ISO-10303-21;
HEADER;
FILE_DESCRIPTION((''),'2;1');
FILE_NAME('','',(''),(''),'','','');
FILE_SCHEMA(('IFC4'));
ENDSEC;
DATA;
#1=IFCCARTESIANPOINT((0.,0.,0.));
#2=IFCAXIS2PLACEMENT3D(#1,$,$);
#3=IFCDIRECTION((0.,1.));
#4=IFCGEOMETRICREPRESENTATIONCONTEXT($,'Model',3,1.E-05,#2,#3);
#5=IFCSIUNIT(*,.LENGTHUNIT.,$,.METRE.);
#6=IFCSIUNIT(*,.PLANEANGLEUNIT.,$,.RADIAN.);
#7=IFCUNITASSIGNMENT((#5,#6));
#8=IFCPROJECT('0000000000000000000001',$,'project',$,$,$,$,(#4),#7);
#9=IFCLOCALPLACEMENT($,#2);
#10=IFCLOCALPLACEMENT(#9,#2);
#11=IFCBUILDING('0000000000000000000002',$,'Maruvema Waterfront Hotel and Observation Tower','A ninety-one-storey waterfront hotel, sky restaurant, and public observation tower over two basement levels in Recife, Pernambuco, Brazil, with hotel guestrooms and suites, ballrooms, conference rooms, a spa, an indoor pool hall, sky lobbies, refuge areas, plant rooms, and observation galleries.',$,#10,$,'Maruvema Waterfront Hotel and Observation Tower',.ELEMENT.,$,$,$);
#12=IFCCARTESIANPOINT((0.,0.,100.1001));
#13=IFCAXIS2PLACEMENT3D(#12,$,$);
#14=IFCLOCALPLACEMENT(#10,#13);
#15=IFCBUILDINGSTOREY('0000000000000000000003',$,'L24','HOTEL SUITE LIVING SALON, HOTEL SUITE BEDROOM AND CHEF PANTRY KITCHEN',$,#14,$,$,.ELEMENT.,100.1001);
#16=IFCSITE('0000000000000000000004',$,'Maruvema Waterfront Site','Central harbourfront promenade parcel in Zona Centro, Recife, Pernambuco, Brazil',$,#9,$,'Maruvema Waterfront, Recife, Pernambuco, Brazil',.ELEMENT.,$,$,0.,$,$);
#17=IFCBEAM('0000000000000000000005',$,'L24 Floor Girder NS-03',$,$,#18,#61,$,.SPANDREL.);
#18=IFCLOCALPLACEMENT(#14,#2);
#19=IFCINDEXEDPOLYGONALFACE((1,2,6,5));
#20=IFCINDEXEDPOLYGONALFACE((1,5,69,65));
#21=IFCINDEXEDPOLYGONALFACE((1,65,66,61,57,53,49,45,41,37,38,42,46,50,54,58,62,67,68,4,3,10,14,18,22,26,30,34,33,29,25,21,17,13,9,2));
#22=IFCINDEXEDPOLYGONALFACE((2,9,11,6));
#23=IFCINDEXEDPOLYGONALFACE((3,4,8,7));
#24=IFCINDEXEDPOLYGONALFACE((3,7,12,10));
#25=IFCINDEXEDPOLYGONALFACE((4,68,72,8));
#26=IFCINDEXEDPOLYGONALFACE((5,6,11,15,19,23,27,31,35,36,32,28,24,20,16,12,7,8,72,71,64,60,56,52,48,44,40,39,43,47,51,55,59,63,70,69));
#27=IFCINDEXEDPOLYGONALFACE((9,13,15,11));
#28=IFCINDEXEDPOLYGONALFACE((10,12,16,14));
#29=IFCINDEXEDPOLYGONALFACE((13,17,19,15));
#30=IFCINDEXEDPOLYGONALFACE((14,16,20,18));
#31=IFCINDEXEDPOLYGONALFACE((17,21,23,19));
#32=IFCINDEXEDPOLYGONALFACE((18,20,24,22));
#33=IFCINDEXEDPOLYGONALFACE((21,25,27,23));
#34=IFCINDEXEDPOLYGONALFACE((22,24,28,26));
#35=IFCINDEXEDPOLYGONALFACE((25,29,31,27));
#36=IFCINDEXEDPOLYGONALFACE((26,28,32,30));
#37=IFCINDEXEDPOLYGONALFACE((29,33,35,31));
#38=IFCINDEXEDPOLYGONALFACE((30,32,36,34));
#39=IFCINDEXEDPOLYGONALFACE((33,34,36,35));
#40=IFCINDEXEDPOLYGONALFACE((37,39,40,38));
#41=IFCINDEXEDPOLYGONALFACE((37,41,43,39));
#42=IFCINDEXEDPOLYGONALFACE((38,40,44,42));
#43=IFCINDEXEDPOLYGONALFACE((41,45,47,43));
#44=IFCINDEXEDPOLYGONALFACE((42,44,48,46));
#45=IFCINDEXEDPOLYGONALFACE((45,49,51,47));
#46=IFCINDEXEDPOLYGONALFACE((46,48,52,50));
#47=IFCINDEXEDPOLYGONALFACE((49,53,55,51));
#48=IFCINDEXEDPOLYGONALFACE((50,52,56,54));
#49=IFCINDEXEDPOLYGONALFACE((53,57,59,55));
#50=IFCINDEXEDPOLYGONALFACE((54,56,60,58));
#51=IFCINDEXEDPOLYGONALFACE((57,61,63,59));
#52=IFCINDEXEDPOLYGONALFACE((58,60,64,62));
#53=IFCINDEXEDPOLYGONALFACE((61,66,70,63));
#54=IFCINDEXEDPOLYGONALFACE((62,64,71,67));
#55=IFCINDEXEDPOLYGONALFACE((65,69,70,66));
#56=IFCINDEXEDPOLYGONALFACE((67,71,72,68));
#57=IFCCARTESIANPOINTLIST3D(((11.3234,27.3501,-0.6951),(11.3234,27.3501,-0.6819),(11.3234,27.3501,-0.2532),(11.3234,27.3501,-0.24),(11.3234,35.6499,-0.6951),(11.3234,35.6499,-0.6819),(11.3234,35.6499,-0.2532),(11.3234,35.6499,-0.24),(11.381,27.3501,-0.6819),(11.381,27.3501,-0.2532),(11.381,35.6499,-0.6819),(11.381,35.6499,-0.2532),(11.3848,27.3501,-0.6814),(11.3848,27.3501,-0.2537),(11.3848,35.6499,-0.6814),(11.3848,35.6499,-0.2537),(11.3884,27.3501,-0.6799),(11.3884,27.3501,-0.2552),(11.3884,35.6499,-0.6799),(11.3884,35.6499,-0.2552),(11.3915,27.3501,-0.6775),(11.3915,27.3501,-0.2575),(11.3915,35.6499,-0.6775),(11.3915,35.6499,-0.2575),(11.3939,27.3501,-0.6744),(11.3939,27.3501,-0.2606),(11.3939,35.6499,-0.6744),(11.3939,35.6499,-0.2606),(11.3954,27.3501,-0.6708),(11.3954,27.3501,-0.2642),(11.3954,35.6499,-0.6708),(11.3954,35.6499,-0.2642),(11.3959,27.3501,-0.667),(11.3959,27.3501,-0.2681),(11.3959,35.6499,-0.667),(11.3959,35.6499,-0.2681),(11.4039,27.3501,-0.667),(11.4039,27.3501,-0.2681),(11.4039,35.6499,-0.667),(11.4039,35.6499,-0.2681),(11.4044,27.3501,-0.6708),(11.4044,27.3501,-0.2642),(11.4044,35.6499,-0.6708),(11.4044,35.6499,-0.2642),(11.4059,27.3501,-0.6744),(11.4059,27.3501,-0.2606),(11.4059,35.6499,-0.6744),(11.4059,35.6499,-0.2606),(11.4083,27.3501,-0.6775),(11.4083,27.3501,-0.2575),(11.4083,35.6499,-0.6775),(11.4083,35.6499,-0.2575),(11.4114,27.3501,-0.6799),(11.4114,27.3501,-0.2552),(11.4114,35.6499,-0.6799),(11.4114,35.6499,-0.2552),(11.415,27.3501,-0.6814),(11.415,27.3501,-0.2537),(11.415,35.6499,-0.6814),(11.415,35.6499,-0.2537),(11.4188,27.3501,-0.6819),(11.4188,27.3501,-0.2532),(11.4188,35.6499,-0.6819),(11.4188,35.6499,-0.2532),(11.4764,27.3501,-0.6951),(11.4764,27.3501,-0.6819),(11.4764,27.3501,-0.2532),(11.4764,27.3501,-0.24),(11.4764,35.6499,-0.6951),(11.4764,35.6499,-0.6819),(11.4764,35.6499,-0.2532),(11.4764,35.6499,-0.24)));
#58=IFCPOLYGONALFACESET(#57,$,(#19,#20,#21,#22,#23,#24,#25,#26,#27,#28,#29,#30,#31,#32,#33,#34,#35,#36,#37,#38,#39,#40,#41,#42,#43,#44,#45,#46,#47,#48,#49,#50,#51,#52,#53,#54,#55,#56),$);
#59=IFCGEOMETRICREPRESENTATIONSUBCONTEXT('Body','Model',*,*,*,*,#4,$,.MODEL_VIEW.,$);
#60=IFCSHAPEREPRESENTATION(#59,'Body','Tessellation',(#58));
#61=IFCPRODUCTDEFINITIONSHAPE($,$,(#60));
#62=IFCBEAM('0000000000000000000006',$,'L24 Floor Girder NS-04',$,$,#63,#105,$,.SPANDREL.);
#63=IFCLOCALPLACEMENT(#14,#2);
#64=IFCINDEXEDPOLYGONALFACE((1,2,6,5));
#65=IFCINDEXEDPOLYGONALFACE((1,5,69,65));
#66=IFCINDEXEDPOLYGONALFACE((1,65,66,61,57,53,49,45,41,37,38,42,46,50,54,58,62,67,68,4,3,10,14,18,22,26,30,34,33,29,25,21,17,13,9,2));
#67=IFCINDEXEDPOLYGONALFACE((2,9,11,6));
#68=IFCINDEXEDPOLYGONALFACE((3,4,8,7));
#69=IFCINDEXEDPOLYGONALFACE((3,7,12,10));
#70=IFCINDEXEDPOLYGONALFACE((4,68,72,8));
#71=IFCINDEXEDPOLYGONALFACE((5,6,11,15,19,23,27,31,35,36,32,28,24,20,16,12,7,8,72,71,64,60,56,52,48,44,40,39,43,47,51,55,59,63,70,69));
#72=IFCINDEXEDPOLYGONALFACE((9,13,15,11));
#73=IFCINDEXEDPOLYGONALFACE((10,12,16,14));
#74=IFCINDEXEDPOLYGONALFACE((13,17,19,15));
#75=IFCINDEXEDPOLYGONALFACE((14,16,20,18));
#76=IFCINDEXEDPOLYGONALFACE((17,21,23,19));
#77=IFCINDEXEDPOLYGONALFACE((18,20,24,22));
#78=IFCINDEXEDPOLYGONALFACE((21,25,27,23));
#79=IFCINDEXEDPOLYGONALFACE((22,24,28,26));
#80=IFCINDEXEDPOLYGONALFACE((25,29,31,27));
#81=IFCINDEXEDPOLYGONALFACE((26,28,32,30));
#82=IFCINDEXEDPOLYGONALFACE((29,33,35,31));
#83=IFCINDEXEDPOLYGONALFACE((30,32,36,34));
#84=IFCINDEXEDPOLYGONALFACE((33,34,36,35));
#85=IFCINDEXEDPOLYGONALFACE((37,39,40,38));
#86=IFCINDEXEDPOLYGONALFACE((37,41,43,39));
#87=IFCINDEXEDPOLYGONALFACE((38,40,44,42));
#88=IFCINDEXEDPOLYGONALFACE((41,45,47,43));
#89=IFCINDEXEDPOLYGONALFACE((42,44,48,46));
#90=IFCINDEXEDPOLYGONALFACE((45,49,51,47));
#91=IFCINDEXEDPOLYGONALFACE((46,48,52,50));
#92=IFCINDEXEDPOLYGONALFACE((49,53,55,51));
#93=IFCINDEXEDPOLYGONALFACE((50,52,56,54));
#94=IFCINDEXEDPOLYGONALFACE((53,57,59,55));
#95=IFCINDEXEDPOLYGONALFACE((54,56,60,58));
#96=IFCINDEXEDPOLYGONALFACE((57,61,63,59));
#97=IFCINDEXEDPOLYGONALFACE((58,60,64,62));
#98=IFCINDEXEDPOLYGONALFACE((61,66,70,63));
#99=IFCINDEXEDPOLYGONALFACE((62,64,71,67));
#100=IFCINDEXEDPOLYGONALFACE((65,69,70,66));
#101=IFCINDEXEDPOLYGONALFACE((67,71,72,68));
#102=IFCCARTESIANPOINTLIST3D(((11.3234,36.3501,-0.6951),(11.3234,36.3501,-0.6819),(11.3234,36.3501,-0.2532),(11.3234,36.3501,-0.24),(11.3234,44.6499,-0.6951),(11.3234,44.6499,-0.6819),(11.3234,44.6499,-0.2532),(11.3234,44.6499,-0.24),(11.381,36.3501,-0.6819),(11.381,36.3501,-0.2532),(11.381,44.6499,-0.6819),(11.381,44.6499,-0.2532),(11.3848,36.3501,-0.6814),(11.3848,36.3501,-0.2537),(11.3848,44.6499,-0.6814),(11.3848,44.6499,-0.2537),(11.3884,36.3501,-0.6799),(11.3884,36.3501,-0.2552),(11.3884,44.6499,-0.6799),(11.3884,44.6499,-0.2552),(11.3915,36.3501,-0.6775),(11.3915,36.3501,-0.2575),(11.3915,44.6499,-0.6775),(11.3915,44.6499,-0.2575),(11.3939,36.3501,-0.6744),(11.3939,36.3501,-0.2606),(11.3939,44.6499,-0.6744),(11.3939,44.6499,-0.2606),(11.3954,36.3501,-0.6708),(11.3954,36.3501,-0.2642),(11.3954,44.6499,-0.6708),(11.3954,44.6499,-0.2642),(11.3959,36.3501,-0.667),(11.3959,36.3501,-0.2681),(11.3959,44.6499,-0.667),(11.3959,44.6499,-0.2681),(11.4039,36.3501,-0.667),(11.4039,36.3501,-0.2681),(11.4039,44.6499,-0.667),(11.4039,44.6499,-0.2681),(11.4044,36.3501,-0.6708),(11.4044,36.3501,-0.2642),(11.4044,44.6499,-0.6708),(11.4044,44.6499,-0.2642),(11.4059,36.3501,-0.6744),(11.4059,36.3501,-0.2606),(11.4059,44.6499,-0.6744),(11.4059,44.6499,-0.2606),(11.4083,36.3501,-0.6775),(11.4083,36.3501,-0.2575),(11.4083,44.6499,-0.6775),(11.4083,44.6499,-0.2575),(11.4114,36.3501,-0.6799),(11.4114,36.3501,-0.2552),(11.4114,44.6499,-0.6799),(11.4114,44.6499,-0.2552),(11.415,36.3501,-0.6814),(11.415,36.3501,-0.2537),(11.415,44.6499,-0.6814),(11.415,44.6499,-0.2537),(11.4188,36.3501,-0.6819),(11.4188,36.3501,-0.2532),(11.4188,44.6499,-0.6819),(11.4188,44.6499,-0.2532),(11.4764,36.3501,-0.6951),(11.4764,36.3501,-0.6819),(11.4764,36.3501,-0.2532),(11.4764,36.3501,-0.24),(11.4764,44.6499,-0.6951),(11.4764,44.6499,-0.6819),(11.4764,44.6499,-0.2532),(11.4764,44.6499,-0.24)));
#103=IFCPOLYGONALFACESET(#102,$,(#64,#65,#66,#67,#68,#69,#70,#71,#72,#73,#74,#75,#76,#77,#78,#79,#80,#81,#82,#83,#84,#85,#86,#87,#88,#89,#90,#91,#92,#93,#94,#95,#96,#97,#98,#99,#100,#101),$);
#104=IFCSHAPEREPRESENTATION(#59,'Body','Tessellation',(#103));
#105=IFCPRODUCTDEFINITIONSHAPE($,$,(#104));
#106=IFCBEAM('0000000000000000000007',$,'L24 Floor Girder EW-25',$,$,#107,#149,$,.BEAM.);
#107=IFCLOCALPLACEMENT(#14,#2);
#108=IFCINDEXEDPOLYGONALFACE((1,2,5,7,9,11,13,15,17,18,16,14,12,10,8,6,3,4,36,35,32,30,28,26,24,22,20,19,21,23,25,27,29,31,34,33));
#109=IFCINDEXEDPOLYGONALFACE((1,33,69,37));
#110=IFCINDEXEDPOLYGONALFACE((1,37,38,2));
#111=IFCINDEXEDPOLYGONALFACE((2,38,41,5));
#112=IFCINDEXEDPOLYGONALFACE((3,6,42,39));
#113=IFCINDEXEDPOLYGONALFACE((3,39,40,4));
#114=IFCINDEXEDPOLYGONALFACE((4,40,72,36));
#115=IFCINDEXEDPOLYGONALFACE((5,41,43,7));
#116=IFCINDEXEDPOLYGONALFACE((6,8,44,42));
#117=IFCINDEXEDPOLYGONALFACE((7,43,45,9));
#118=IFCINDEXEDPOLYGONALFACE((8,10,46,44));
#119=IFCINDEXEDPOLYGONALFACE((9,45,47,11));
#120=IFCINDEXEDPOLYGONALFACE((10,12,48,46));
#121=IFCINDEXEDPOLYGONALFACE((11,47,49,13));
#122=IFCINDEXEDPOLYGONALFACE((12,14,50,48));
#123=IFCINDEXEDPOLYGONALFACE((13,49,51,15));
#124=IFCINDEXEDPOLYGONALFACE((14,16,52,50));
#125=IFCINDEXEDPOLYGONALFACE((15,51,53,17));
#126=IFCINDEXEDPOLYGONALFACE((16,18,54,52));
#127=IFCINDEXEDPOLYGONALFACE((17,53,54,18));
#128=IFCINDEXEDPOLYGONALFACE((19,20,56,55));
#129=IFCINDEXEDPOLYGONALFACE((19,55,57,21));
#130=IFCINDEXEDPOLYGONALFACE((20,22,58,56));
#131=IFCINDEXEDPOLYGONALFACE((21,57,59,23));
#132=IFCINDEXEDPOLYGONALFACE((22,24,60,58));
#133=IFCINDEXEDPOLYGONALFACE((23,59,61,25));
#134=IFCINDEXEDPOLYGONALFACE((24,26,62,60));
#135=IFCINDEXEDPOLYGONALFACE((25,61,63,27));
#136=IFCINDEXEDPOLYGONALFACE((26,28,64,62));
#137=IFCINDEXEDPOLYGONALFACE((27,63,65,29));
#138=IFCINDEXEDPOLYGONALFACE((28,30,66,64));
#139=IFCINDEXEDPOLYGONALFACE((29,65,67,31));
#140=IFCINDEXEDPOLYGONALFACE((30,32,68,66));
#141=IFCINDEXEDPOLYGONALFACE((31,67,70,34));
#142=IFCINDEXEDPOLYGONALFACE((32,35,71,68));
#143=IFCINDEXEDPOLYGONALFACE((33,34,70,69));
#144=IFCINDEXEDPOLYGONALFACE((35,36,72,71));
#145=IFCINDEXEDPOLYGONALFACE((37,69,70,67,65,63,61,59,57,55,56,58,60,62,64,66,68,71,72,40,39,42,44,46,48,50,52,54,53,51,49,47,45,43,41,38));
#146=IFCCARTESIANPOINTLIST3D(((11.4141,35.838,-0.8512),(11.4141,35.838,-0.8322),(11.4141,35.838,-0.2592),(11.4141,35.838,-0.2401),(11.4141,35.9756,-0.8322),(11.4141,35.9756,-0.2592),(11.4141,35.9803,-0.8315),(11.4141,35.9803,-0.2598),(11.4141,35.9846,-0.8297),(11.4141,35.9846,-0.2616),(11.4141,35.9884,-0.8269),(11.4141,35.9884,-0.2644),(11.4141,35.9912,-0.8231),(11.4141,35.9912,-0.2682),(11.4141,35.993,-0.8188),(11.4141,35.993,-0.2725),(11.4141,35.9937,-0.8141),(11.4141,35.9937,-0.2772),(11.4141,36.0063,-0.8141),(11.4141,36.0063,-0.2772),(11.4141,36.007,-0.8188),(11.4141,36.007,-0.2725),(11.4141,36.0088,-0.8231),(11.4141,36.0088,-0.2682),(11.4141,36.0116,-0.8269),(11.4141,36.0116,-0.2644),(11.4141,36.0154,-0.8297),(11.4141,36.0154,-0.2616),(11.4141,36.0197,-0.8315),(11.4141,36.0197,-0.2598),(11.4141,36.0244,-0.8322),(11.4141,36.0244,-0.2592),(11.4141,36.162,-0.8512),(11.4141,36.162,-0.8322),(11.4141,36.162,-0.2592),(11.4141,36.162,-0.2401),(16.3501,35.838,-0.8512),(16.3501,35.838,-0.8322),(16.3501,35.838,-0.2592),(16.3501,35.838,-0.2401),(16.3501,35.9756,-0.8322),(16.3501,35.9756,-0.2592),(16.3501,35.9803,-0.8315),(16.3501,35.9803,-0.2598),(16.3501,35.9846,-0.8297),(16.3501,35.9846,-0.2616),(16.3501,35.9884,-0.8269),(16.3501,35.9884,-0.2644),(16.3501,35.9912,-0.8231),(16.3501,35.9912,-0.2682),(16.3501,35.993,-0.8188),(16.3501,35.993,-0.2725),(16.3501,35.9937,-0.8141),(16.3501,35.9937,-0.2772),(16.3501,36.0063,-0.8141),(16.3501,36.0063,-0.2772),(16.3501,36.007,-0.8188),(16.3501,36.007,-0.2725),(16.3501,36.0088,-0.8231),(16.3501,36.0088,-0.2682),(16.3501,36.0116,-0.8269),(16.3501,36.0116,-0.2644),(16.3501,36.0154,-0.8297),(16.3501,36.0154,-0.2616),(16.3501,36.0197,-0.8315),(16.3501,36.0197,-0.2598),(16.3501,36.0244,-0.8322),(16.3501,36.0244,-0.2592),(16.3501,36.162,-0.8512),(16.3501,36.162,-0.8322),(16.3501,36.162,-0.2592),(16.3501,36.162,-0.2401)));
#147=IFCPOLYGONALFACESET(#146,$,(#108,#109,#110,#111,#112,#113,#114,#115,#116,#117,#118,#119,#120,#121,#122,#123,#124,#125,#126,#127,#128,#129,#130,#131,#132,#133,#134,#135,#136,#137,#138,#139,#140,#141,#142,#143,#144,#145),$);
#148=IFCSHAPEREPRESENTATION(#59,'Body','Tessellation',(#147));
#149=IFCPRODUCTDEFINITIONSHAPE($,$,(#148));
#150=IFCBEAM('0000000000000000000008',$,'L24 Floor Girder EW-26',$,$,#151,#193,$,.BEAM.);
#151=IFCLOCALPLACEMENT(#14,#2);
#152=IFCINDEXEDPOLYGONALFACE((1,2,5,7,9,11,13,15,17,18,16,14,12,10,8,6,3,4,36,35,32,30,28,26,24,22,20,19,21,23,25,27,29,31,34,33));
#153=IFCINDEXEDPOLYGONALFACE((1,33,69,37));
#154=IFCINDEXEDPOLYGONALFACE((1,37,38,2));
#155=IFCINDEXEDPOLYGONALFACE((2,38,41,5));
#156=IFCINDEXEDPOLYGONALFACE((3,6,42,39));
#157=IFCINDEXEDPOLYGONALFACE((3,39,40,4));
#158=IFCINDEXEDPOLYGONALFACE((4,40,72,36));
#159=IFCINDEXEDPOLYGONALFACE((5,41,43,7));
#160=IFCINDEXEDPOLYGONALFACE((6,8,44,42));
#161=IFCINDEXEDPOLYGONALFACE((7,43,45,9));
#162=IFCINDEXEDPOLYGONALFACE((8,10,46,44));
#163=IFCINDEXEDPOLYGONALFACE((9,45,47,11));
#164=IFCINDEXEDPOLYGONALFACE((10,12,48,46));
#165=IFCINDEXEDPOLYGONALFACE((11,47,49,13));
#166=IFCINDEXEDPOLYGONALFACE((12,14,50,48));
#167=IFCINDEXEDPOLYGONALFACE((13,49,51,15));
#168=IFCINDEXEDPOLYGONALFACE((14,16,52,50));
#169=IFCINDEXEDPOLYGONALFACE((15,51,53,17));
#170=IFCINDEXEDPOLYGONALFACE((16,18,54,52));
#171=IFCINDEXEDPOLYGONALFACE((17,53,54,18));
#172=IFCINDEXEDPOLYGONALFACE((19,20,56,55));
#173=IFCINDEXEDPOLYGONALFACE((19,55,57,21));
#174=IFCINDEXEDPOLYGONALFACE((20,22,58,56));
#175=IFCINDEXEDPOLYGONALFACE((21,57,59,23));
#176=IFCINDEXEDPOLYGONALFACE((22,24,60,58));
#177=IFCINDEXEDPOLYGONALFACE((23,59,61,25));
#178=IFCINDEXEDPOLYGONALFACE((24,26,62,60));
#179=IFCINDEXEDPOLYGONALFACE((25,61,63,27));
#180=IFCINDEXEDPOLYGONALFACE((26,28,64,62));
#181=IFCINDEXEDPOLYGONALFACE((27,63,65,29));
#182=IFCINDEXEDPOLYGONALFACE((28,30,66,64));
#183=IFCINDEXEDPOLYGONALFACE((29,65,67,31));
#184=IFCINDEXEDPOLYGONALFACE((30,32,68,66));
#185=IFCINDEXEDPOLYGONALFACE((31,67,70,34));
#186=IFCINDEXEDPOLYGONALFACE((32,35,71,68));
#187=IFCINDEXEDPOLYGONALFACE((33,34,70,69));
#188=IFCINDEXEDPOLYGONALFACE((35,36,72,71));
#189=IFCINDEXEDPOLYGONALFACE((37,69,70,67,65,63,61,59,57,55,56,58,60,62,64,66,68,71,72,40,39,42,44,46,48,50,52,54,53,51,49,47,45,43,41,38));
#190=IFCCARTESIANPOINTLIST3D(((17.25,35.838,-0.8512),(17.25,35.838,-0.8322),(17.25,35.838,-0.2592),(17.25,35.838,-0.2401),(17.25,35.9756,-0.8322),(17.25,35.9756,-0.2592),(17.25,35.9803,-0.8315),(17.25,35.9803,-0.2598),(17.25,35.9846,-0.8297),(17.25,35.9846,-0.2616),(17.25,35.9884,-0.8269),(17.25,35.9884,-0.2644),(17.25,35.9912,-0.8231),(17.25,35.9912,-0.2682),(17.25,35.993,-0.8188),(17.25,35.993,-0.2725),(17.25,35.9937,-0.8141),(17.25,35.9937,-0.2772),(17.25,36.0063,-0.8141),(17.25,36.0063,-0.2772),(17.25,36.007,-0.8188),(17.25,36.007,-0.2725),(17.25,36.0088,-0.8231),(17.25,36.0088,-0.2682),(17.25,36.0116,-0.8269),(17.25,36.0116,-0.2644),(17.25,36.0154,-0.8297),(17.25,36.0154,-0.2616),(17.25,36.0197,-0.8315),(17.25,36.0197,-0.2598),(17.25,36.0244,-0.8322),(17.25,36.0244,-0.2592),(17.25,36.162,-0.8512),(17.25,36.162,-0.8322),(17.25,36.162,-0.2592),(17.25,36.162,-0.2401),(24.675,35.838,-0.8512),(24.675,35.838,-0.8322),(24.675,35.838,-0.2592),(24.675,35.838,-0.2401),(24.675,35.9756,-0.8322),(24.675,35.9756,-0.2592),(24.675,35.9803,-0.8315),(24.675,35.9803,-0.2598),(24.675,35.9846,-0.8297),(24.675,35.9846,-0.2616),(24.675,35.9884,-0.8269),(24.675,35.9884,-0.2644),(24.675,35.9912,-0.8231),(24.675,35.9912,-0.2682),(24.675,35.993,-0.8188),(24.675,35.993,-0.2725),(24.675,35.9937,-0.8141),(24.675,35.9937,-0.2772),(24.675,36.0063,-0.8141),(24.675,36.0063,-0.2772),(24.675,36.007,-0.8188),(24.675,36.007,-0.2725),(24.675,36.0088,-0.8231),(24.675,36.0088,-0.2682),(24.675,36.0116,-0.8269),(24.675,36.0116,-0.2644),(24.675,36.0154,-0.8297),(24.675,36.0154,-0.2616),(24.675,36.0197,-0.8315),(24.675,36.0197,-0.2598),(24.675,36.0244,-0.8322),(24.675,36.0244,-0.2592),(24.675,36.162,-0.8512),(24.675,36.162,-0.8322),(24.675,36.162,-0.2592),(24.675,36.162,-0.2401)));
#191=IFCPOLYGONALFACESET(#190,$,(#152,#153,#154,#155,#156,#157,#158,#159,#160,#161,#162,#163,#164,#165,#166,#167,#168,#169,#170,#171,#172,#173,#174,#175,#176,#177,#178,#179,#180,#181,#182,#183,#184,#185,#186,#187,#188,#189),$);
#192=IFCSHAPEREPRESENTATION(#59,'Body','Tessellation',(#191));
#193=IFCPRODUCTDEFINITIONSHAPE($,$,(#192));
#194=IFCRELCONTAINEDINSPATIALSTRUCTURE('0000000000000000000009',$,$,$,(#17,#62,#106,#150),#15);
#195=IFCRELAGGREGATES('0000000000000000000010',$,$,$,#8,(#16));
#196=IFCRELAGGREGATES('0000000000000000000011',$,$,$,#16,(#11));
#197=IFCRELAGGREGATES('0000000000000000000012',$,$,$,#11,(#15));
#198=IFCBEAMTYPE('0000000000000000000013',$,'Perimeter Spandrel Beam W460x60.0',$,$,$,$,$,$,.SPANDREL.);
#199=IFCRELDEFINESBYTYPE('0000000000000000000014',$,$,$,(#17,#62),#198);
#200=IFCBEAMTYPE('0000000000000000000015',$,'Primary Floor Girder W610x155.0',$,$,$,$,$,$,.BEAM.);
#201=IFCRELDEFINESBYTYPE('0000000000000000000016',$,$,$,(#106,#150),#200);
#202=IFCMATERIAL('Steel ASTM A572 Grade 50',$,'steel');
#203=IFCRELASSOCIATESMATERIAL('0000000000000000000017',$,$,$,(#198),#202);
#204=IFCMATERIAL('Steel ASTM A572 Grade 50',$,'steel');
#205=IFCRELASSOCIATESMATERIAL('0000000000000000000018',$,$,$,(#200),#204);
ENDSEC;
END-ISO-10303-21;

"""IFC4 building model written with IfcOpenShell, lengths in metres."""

from ifc_helpers import new_model, si_unit, direction, frame, origin, origin_2d, place, context, subcontext, project, spatial, i_section, extrude, material, material_profile, profile_set, type_object, element, save


model = new_model("IFC4")

# Units and contexts
model_context = context("Model", 3, precision=1e-05, world=origin(), true_north=direction((0.0, 1.0)))
body_context = subcontext(model_context, "Body", "Model", "MODEL_VIEW")
ifc_project = project(units=[si_unit("LENGTHUNIT", "METRE"), si_unit("PLANEANGLEUNIT", "RADIAN")], contexts=[model_context])

# Site, building, storey
site_placement = place(None, origin())
site = spatial("IfcSite", under=ifc_project, at=site_placement, Name="Maruvema Waterfront Site", Description="Central harbourfront promenade parcel in Zona Centro, Recife, Pernambuco, Brazil", LongName="Maruvema Waterfront, Recife, Pernambuco, Brazil", CompositionType="ELEMENT", RefElevation=0.0)
building_placement = place(site_placement, origin())
building = spatial("IfcBuilding", under=site, at=building_placement, Name="Maruvema Waterfront Hotel and Observation Tower", Description="A ninety-one-storey waterfront hotel, sky restaurant, and public observation tower over two basement levels in Recife, Pernambuco, Brazil, with hotel guestrooms and suites, ballrooms, conference rooms, a spa, an indoor pool hall, sky lobbies, refuge areas, plant rooms, and observation galleries.", LongName="Maruvema Waterfront Hotel and Observation Tower", CompositionType="ELEMENT")
storey_placement = place(building_placement, frame((0.0, 0.0, 100.1001)))
storey = spatial("IfcBuildingStorey", under=building, at=storey_placement, Name="L24", Description="HOTEL SUITE LIVING SALON, HOTEL SUITE BEDROOM AND CHEF PANTRY KITCHEN", CompositionType="ELEMENT", Elevation=100.1001)

# Beams
ifc_material_1 = material(Name="Steel ASTM A572 Grade 50", Category="steel")
ifc_material_profile_1 = material_profile(ifc_material_1, i_section(OverallWidth=0.1531, OverallDepth=0.4551, WebThickness=0.0081, FlangeThickness=0.0132, FilletRadius=0.0149, at=origin_2d()), Name="W460x60.0")
ifc_profile_set_1 = profile_set([ifc_material_profile_1], Name="Steel ASTM A572 Grade 50")
beam_type_1 = type_object("IfcBeamType", Name="Perimeter Spandrel Beam W460x60.0", PredefinedType="SPANDREL", material=ifc_profile_set_1)
for number, where, z_axis, x_axis, name in (
    (1, (11.3999, 27.3501, -0.4675), (0.0, 1.0, 0.0), (-1.0, 0.0, 0.0), "L24 Floor Girder NS-03"),
    (2, (11.3999, 36.3501, -0.4675), (0.0, 1.0, 0.0), (-1.0, 0.0, 0.0), "L24 Floor Girder NS-04"),
):
    element("IfcBeam", number, at=place(storey_placement, frame(where, z_axis=z_axis, x_axis=x_axis)), inside=storey, type_object=beam_type_1, Name=name, PredefinedType="SPANDREL", context=body_context, shape_type="SweptSolid", body=[
        extrude(i_section(OverallWidth=0.1531, OverallDepth=0.4551, WebThickness=0.0081, FlangeThickness=0.0132, FilletRadius=0.0149, at=origin_2d()), origin(), (0.0, 0.0, 1.0), 8.2998),
    ])
ifc_material_2 = material(Name="Steel ASTM A572 Grade 50", Category="steel")
ifc_material_profile_2 = material_profile(ifc_material_2, i_section(OverallWidth=0.324, OverallDepth=0.6111, WebThickness=0.0127, FlangeThickness=0.019, FilletRadius=0.0181, at=origin_2d()), Name="W610x155.0")
ifc_profile_set_2 = profile_set([ifc_material_profile_2], Name="Steel ASTM A572 Grade 50")
beam_type_2 = type_object("IfcBeamType", Name="Primary Floor Girder W610x155.0", PredefinedType="BEAM", material=ifc_profile_set_2)
beam_1_placement = place(storey_placement, frame((11.4141, 36.0, -0.5457), z_axis=(1.0, 0.0, 0.0), x_axis=(0.0, 1.0, 0.0)))
element("IfcBeam", 3, at=beam_1_placement, inside=storey, type_object=beam_type_2, Name="L24 Floor Girder EW-25", PredefinedType="BEAM", context=body_context, shape_type="SweptSolid", body=[
    extrude(i_section(OverallWidth=0.324, OverallDepth=0.6111, WebThickness=0.0127, FlangeThickness=0.019, FilletRadius=0.0181, at=origin_2d()), origin(), (0.0, 0.0, 1.0), 4.936),
])
beam_2_placement = place(storey_placement, frame((17.25, 36.0, -0.5457), z_axis=(1.0, 0.0, 0.0), x_axis=(0.0, 1.0, 0.0)))
element("IfcBeam", 4, at=beam_2_placement, inside=storey, type_object=beam_type_2, Name="L24 Floor Girder EW-26", PredefinedType="BEAM", context=body_context, shape_type="SweptSolid", body=[
    extrude(i_section(OverallWidth=0.324, OverallDepth=0.6111, WebThickness=0.0127, FlangeThickness=0.019, FilletRadius=0.0181, at=origin_2d()), origin(), (0.0, 0.0, 1.0), 7.425),
])

save(model, "model.ifc")
